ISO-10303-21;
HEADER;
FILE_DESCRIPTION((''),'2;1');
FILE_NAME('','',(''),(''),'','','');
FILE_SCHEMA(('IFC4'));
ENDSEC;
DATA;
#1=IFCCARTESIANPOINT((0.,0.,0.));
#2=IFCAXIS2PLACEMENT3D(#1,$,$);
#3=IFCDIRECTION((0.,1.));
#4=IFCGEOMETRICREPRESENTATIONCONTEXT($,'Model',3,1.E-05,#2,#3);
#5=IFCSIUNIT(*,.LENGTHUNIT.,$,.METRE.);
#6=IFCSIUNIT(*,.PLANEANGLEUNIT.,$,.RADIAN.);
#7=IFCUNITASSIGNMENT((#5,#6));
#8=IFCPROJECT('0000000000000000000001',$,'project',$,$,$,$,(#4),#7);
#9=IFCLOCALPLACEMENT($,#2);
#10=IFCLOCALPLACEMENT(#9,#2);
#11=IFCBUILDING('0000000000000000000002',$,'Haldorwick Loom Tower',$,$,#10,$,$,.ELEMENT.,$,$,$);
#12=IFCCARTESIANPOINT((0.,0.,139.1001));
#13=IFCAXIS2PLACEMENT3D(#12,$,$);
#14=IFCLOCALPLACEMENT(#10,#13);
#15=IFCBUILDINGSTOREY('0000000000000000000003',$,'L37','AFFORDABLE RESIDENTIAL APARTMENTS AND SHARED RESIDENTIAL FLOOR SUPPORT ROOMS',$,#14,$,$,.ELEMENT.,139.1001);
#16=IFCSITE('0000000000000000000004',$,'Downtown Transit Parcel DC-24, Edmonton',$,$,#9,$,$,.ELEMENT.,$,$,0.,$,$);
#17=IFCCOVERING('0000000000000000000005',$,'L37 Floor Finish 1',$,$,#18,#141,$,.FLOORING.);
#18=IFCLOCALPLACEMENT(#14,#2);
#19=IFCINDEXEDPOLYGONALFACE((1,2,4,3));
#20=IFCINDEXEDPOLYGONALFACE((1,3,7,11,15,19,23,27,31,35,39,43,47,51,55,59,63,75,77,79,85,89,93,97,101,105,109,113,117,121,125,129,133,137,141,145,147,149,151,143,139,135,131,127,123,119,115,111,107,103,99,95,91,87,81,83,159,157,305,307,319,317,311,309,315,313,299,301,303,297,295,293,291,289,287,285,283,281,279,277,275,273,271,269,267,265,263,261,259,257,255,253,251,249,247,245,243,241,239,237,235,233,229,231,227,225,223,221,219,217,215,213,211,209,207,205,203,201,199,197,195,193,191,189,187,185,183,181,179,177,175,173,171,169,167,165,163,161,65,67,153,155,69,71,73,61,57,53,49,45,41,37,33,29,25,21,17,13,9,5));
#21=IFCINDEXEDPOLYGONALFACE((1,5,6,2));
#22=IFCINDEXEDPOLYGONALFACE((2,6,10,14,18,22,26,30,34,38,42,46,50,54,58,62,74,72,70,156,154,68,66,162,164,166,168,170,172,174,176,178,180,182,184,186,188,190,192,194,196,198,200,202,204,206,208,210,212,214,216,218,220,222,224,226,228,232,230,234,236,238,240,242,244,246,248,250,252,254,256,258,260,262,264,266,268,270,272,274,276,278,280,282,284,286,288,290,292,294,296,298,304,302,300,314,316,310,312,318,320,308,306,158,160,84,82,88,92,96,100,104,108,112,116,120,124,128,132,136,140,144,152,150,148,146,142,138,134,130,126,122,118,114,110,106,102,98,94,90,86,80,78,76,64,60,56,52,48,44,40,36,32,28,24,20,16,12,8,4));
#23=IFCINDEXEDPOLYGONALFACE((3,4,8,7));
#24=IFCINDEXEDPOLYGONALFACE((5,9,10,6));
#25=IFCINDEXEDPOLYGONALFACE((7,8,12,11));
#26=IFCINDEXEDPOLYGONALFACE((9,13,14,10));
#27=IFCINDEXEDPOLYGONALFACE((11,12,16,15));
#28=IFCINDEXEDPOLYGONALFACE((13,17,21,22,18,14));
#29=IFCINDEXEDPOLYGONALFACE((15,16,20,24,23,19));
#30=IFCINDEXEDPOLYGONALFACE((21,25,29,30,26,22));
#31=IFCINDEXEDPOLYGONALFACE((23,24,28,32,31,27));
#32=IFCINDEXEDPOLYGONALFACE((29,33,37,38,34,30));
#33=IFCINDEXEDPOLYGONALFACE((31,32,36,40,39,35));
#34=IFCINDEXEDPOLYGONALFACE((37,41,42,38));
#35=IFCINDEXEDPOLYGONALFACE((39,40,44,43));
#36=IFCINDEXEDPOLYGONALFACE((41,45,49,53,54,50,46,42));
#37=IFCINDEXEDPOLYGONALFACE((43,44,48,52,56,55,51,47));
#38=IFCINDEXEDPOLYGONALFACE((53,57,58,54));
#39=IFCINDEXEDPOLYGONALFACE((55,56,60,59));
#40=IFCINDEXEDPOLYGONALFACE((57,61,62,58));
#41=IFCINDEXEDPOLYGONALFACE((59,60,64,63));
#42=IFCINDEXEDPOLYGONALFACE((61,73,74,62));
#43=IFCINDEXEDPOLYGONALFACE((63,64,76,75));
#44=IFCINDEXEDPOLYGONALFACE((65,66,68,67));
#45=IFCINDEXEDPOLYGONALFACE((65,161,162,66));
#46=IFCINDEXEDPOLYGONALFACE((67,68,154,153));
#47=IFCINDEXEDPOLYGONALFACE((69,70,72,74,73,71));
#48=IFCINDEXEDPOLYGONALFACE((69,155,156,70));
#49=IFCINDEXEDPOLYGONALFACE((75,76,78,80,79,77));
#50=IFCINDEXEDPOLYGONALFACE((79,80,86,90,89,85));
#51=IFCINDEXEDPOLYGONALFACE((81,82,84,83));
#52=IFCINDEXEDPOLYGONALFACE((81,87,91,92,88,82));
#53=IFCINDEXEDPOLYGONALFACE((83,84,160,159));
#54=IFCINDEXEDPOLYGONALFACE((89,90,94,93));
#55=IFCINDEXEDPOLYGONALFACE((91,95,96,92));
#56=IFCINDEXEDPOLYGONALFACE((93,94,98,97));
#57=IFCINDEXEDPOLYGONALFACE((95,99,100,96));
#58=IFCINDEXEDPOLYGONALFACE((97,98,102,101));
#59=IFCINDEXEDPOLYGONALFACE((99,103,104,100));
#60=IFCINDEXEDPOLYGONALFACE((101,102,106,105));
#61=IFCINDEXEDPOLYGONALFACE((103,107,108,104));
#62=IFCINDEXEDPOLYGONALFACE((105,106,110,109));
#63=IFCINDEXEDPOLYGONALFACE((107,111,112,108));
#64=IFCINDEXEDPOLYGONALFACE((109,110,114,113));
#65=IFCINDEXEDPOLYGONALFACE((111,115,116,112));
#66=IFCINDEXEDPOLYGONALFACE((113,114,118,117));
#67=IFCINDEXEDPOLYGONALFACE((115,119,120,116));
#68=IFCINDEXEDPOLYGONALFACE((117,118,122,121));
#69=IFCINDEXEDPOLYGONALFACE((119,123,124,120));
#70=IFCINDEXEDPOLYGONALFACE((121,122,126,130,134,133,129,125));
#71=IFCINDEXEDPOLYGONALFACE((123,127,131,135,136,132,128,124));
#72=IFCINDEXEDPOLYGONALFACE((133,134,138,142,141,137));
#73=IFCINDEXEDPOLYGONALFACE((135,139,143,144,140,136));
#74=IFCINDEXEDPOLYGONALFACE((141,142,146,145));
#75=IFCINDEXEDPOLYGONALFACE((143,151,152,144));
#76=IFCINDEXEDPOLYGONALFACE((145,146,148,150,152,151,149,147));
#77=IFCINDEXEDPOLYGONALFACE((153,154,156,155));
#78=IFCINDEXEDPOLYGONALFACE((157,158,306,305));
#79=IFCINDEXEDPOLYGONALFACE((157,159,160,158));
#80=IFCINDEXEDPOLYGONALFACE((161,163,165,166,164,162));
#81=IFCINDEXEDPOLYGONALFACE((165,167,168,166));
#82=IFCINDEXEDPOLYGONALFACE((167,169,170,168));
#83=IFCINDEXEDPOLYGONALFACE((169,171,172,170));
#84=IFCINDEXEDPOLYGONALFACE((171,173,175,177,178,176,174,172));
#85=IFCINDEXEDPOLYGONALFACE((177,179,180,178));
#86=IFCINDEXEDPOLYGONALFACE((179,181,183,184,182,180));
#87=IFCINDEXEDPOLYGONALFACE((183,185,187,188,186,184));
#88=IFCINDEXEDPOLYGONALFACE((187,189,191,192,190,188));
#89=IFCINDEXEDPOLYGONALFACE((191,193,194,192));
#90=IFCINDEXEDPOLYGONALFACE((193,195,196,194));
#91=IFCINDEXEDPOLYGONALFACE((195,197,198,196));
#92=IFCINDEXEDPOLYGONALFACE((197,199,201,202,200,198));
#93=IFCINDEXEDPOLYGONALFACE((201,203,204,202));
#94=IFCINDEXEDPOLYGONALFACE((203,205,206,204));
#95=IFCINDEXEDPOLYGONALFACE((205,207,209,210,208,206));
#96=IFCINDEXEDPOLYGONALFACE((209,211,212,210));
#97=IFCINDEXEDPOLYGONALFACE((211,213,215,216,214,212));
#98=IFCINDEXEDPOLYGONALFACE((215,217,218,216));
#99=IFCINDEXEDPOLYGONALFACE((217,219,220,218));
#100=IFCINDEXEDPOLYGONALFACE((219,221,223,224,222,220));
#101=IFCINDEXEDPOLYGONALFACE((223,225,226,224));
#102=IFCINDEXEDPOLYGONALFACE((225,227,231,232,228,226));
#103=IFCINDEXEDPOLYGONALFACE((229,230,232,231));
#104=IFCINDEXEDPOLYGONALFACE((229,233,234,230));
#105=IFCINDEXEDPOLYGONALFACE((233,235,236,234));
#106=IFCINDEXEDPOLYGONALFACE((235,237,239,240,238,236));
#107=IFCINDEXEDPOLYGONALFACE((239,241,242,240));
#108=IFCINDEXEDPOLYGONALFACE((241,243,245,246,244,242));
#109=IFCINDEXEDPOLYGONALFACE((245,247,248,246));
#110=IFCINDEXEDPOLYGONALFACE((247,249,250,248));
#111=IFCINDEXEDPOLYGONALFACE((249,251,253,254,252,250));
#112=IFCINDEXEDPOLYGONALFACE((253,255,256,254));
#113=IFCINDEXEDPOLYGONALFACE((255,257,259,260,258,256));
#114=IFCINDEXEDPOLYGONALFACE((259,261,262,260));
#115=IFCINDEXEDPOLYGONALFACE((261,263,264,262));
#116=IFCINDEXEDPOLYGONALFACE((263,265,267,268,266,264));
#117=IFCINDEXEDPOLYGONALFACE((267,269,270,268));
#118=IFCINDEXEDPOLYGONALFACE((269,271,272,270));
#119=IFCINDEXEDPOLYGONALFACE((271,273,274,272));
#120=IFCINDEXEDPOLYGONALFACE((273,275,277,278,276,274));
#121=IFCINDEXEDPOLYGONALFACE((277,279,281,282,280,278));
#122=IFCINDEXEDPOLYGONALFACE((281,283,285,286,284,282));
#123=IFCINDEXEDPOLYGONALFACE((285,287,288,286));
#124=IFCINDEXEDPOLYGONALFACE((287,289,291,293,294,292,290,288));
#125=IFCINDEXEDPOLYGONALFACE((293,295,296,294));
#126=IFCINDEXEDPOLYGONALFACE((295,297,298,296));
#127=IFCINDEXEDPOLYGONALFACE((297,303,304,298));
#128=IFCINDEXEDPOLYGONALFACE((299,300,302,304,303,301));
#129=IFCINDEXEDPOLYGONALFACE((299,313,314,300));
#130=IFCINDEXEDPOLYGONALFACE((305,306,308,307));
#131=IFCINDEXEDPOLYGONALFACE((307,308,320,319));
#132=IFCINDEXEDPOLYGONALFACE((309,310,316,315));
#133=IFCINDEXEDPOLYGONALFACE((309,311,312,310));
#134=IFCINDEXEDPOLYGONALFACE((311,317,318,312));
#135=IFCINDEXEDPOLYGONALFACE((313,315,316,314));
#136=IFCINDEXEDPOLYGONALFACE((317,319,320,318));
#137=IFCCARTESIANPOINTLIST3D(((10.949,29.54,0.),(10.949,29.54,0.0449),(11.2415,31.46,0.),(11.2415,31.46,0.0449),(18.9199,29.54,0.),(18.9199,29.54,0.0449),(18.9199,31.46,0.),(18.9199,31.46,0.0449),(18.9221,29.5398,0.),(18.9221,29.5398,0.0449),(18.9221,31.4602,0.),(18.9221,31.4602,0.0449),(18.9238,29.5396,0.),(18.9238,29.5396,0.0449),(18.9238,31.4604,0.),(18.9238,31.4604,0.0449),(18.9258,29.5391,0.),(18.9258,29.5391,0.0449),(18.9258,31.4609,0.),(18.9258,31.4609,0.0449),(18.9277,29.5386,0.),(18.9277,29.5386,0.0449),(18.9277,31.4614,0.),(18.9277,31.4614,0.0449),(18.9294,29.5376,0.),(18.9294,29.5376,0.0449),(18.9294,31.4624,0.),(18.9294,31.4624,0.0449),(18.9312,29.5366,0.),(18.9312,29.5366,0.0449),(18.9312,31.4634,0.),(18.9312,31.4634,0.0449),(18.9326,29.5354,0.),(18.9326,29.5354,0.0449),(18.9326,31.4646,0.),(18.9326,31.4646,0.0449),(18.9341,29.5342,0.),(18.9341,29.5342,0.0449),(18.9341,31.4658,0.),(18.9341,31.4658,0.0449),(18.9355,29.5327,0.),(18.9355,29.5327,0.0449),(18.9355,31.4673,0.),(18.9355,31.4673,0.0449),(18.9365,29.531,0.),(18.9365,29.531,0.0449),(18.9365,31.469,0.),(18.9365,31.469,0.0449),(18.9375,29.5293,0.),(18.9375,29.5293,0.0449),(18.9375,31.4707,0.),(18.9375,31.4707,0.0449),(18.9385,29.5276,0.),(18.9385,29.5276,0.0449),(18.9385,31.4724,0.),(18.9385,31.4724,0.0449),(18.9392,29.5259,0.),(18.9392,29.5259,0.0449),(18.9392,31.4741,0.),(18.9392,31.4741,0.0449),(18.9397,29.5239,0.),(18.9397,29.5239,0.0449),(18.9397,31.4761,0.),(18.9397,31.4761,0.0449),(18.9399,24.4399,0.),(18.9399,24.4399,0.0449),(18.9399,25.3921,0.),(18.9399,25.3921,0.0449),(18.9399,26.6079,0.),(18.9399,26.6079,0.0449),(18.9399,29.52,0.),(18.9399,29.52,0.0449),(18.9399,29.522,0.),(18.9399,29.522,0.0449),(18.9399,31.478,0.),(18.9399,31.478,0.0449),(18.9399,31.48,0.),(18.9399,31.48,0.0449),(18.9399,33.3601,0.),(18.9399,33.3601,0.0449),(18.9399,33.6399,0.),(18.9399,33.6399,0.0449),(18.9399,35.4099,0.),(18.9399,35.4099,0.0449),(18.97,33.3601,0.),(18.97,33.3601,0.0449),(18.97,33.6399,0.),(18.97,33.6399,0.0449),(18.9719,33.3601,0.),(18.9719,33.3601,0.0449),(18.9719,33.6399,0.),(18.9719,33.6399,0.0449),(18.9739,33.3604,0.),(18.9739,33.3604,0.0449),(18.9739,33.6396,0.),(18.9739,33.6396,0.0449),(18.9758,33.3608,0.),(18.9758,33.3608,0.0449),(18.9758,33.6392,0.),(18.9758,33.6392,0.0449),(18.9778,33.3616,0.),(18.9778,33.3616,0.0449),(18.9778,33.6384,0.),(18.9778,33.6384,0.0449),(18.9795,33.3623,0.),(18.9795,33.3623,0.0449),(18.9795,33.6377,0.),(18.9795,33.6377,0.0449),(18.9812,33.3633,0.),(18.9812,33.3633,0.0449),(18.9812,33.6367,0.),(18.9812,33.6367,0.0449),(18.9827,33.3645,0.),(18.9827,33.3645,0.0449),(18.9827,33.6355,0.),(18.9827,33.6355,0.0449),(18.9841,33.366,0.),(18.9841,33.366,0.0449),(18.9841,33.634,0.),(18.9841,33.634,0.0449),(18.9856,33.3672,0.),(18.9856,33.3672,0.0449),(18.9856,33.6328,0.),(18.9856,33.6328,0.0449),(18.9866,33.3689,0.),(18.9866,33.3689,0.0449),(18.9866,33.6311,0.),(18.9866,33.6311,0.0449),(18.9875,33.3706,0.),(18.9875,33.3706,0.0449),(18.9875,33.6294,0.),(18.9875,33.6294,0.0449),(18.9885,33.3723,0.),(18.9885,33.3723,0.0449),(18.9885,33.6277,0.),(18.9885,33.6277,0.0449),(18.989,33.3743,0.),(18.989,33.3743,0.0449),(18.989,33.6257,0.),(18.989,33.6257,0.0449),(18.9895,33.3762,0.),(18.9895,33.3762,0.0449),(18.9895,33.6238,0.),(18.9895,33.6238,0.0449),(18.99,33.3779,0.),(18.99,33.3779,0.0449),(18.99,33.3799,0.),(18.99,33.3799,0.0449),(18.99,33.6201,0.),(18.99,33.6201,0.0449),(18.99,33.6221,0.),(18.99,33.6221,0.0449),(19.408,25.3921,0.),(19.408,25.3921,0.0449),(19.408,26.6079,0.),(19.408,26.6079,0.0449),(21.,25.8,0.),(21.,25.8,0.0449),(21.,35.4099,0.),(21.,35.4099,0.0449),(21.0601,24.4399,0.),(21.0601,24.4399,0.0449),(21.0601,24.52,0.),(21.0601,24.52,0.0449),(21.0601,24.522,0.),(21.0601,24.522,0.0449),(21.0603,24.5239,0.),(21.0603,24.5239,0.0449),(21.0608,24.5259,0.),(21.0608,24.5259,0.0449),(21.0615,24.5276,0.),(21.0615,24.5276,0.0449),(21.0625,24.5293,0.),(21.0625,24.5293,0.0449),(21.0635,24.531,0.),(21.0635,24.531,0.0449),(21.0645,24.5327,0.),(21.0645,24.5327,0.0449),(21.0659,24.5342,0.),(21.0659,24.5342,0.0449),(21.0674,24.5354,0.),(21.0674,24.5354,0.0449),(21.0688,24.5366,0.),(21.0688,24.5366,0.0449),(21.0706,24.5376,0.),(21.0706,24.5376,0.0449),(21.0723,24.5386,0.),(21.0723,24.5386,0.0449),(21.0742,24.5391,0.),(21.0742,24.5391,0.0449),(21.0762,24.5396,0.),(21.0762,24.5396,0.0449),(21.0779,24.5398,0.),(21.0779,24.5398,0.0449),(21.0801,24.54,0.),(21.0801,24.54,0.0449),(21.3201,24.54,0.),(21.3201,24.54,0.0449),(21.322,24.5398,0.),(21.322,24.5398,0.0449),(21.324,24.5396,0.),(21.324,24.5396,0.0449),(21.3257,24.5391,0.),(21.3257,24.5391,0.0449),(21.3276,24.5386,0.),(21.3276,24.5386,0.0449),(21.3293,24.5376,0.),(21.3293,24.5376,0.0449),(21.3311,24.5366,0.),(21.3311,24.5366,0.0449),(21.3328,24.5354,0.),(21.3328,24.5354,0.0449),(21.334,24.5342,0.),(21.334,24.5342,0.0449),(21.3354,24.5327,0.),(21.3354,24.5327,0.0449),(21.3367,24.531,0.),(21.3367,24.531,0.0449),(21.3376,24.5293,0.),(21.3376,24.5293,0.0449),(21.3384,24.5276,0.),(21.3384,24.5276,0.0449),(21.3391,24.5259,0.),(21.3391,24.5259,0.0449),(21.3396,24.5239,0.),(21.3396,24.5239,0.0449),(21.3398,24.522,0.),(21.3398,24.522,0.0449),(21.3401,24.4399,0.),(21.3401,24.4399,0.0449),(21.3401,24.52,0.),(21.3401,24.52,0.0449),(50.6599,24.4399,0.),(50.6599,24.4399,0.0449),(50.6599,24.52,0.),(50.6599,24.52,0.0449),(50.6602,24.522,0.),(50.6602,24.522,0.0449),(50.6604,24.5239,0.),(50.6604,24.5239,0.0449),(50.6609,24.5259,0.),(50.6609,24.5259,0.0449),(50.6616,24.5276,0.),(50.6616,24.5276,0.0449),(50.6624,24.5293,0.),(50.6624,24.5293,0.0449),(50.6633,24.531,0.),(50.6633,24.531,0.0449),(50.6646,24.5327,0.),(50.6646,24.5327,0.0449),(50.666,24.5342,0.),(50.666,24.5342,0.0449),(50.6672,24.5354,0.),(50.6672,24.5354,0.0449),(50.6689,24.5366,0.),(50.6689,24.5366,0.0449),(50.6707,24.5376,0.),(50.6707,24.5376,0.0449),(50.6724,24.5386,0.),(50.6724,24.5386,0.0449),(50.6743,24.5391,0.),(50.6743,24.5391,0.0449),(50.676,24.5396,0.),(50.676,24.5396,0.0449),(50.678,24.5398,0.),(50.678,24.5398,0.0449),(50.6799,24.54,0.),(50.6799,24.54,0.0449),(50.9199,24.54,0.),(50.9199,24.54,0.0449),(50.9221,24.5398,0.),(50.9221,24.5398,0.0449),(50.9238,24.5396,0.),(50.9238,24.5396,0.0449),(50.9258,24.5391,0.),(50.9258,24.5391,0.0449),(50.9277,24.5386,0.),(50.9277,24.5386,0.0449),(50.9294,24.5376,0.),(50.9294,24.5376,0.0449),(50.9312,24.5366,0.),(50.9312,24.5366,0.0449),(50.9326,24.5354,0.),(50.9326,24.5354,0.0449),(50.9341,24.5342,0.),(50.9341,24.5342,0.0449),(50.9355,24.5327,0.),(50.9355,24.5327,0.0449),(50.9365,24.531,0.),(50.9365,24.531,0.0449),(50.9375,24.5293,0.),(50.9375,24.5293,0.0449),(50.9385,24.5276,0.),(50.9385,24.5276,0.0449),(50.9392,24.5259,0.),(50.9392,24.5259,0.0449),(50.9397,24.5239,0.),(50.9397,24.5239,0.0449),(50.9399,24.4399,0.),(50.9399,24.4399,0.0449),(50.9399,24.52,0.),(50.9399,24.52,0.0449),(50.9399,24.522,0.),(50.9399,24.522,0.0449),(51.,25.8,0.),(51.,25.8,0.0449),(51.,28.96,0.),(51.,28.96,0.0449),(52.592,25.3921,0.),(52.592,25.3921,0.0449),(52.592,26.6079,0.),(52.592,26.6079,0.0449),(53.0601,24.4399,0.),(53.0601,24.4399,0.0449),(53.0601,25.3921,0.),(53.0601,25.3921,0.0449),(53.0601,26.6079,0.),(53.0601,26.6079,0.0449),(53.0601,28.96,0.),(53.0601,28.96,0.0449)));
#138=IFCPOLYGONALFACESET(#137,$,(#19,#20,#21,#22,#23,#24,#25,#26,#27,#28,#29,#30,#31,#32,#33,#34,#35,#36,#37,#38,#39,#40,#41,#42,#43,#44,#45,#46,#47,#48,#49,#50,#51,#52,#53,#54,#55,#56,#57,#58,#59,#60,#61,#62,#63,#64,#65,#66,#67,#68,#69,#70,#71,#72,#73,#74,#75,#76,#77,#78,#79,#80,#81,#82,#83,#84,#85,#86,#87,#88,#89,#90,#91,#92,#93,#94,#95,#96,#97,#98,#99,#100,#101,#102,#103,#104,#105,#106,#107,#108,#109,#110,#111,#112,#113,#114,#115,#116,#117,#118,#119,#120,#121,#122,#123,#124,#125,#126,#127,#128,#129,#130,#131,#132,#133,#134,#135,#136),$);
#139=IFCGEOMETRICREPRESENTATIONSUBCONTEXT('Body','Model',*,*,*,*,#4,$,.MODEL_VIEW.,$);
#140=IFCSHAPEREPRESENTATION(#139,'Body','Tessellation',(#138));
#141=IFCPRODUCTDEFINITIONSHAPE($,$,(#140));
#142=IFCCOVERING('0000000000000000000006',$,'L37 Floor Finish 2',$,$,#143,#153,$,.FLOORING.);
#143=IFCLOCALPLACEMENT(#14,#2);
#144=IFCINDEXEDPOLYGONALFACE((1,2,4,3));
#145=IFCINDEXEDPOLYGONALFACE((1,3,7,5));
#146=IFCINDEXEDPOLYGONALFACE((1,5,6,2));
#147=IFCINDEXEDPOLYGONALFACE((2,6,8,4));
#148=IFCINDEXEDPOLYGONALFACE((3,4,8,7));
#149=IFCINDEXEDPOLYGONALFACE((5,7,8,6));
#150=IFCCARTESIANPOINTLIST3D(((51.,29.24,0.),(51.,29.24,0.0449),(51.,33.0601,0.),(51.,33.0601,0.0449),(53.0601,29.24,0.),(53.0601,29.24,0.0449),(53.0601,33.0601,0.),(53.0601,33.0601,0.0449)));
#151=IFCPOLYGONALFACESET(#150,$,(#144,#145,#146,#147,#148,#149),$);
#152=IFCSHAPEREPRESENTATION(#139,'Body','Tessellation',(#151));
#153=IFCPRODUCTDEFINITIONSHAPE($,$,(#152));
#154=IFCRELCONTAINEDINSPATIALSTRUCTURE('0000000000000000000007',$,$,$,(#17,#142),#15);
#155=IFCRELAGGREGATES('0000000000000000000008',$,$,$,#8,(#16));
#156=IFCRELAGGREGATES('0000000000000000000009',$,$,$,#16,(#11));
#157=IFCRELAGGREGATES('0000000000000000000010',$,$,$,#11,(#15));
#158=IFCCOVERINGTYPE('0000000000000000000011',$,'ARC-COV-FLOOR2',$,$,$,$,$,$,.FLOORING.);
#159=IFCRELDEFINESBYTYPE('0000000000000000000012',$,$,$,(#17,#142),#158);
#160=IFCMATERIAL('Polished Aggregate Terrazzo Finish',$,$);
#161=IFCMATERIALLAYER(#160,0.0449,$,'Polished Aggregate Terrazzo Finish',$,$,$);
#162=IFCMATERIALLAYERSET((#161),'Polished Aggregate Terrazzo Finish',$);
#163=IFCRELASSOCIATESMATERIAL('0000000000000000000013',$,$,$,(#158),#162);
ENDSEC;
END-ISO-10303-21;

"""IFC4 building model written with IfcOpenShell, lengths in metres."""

from ifc_helpers import new_model, si_unit, direction, frame, origin, place, context, subcontext, project, spatial, polyline, outline, extrude, material, layer, layer_set, type_object, element, save


model = new_model("IFC4")

# Units and contexts
model_context = context("Model", 3, precision=1e-05, world=origin(), true_north=direction((0.0, 1.0)))
body_context = subcontext(model_context, "Body", "Model", "MODEL_VIEW")
ifc_project = project(units=[si_unit("LENGTHUNIT", "METRE"), si_unit("PLANEANGLEUNIT", "RADIAN")], contexts=[model_context])

# Site, building, storey
site_placement = place(None, origin())
site = spatial("IfcSite", under=ifc_project, at=site_placement, Name="Downtown Transit Parcel DC-24, Edmonton", CompositionType="ELEMENT", RefElevation=0.0)
building_placement = place(site_placement, origin())
building = spatial("IfcBuilding", under=site, at=building_placement, Name="Haldorwick Loom Tower", CompositionType="ELEMENT")
storey_placement = place(building_placement, frame((0.0, 0.0, 139.1001)))
storey = spatial("IfcBuildingStorey", under=building, at=storey_placement, Name="L37", Description="AFFORDABLE RESIDENTIAL APARTMENTS AND SHARED RESIDENTIAL FLOOR SUPPORT ROOMS", CompositionType="ELEMENT", Elevation=139.1001)

# Coverings
ifc_material_1 = material(Name="Polished Aggregate Terrazzo Finish")
ifc_layer_1 = layer(ifc_material_1, 0.0449, Name="Polished Aggregate Terrazzo Finish")
ifc_layer_set_1 = layer_set([ifc_layer_1], Name="Polished Aggregate Terrazzo Finish")
covering_type_1 = type_object("IfcCoveringType", Name="ARC-COV-FLOOR2", PredefinedType="FLOORING", material=ifc_layer_set_1)
covering_1_placement = place(storey_placement, origin())
element("IfcCovering", 1, at=covering_1_placement, inside=storey, type_object=covering_type_1, Name="L37 Floor Finish 1", PredefinedType="FLOORING", context=body_context, shape_type="SweptSolid", body=[
    extrude(outline(polyline([(10.949, 29.54), (18.9199, 29.54), (18.9221, 29.5398), (18.9238, 29.5396), (18.9258, 29.5391), (18.9277, 29.5386), (18.9294, 29.5376), (18.9312, 29.5366), (18.9326, 29.5354), (18.9341, 29.5342), (18.9355, 29.5327), (18.9365, 29.531), (18.9375, 29.5293), (18.9385, 29.5276), (18.9392, 29.5259), (18.9397, 29.5239), (18.9399, 29.522), (18.9399, 29.52), (18.9399, 26.6079), (19.408, 26.6079), (19.408, 25.3921), (18.9399, 25.3921), (18.9399, 24.4399), (21.0601, 24.4399), (21.0601, 24.52), (21.0601, 24.522), (21.0603, 24.5239), (21.0608, 24.5259), (21.0615, 24.5276), (21.0625, 24.5293), (21.0635, 24.531), (21.0645, 24.5327), (21.0659, 24.5342), (21.0674, 24.5354), (21.0688, 24.5366), (21.0706, 24.5376), (21.0723, 24.5386), (21.0742, 24.5391), (21.0762, 24.5396), (21.0779, 24.5398), (21.0801, 24.54), (21.3201, 24.54), (21.322, 24.5398), (21.324, 24.5396), (21.3257, 24.5391), (21.3276, 24.5386), (21.3293, 24.5376), (21.3311, 24.5366), (21.3328, 24.5354), (21.334, 24.5342), (21.3354, 24.5327), (21.3367, 24.531), (21.3376, 24.5293), (21.3384, 24.5276), (21.3391, 24.5259), (21.3396, 24.5239), (21.3398, 24.522), (21.3401, 24.52), (21.3401, 24.4399), (50.6599, 24.4399), (50.6599, 24.52), (50.6602, 24.522), (50.6604, 24.5239), (50.6609, 24.5259), (50.6616, 24.5276), (50.6624, 24.5293), (50.6633, 24.531), (50.6646, 24.5327), (50.666, 24.5342), (50.6672, 24.5354), (50.6689, 24.5366), (50.6707, 24.5376), (50.6724, 24.5386), (50.6743, 24.5391), (50.676, 24.5396), (50.678, 24.5398), (50.6799, 24.54), (50.9199, 24.54), (50.9221, 24.5398), (50.9238, 24.5396), (50.9258, 24.5391), (50.9277, 24.5386), (50.9294, 24.5376), (50.9312, 24.5366), (50.9326, 24.5354), (50.9341, 24.5342), (50.9355, 24.5327), (50.9365, 24.531), (50.9375, 24.5293), (50.9385, 24.5276), (50.9392, 24.5259), (50.9397, 24.5239), (50.9399, 24.522), (50.9399, 24.52), (50.9399, 24.4399), (53.0601, 24.4399), (53.0601, 25.3921), (52.592, 25.3921), (52.592, 26.6079), (53.0601, 26.6079), (53.0601, 28.96), (51.0, 28.96), (51.0, 25.8), (21.0, 25.8), (21.0, 35.4099), (18.9399, 35.4099), (18.9399, 33.6399), (18.97, 33.6399), (18.9719, 33.6399), (18.9739, 33.6396), (18.9758, 33.6392), (18.9778, 33.6384), (18.9795, 33.6377), (18.9812, 33.6367), (18.9827, 33.6355), (18.9841, 33.634), (18.9856, 33.6328), (18.9866, 33.6311), (18.9875, 33.6294), (18.9885, 33.6277), (18.989, 33.6257), (18.9895, 33.6238), (18.99, 33.6221), (18.99, 33.6201), (18.99, 33.3799), (18.99, 33.3779), (18.9895, 33.3762), (18.989, 33.3743), (18.9885, 33.3723), (18.9875, 33.3706), (18.9866, 33.3689), (18.9856, 33.3672), (18.9841, 33.366), (18.9827, 33.3645), (18.9812, 33.3633), (18.9795, 33.3623), (18.9778, 33.3616), (18.9758, 33.3608), (18.9739, 33.3604), (18.9719, 33.3601), (18.97, 33.3601), (18.9399, 33.3601), (18.9399, 31.48), (18.9399, 31.478), (18.9397, 31.4761), (18.9392, 31.4741), (18.9385, 31.4724), (18.9375, 31.4707), (18.9365, 31.469), (18.9355, 31.4673), (18.9341, 31.4658), (18.9326, 31.4646), (18.9312, 31.4634), (18.9294, 31.4624), (18.9277, 31.4614), (18.9258, 31.4609), (18.9238, 31.4604), (18.9221, 31.4602), (18.9199, 31.46), (11.2415, 31.46), (10.949, 29.54)])), origin(), (0.0, 0.0, 1.0), 0.0449),
])
covering_2_placement = place(storey_placement, origin())
element("IfcCovering", 2, at=covering_2_placement, inside=storey, type_object=covering_type_1, Name="L37 Floor Finish 2", PredefinedType="FLOORING", context=body_context, shape_type="SweptSolid", body=[
    extrude(outline(polyline([(51.0, 33.0601), (51.0, 29.24), (53.0601, 29.24), (53.0601, 33.0601), (51.0, 33.0601)])), origin(), (0.0, 0.0, 1.0), 0.0449),
])

save(model, "model.ifc")
